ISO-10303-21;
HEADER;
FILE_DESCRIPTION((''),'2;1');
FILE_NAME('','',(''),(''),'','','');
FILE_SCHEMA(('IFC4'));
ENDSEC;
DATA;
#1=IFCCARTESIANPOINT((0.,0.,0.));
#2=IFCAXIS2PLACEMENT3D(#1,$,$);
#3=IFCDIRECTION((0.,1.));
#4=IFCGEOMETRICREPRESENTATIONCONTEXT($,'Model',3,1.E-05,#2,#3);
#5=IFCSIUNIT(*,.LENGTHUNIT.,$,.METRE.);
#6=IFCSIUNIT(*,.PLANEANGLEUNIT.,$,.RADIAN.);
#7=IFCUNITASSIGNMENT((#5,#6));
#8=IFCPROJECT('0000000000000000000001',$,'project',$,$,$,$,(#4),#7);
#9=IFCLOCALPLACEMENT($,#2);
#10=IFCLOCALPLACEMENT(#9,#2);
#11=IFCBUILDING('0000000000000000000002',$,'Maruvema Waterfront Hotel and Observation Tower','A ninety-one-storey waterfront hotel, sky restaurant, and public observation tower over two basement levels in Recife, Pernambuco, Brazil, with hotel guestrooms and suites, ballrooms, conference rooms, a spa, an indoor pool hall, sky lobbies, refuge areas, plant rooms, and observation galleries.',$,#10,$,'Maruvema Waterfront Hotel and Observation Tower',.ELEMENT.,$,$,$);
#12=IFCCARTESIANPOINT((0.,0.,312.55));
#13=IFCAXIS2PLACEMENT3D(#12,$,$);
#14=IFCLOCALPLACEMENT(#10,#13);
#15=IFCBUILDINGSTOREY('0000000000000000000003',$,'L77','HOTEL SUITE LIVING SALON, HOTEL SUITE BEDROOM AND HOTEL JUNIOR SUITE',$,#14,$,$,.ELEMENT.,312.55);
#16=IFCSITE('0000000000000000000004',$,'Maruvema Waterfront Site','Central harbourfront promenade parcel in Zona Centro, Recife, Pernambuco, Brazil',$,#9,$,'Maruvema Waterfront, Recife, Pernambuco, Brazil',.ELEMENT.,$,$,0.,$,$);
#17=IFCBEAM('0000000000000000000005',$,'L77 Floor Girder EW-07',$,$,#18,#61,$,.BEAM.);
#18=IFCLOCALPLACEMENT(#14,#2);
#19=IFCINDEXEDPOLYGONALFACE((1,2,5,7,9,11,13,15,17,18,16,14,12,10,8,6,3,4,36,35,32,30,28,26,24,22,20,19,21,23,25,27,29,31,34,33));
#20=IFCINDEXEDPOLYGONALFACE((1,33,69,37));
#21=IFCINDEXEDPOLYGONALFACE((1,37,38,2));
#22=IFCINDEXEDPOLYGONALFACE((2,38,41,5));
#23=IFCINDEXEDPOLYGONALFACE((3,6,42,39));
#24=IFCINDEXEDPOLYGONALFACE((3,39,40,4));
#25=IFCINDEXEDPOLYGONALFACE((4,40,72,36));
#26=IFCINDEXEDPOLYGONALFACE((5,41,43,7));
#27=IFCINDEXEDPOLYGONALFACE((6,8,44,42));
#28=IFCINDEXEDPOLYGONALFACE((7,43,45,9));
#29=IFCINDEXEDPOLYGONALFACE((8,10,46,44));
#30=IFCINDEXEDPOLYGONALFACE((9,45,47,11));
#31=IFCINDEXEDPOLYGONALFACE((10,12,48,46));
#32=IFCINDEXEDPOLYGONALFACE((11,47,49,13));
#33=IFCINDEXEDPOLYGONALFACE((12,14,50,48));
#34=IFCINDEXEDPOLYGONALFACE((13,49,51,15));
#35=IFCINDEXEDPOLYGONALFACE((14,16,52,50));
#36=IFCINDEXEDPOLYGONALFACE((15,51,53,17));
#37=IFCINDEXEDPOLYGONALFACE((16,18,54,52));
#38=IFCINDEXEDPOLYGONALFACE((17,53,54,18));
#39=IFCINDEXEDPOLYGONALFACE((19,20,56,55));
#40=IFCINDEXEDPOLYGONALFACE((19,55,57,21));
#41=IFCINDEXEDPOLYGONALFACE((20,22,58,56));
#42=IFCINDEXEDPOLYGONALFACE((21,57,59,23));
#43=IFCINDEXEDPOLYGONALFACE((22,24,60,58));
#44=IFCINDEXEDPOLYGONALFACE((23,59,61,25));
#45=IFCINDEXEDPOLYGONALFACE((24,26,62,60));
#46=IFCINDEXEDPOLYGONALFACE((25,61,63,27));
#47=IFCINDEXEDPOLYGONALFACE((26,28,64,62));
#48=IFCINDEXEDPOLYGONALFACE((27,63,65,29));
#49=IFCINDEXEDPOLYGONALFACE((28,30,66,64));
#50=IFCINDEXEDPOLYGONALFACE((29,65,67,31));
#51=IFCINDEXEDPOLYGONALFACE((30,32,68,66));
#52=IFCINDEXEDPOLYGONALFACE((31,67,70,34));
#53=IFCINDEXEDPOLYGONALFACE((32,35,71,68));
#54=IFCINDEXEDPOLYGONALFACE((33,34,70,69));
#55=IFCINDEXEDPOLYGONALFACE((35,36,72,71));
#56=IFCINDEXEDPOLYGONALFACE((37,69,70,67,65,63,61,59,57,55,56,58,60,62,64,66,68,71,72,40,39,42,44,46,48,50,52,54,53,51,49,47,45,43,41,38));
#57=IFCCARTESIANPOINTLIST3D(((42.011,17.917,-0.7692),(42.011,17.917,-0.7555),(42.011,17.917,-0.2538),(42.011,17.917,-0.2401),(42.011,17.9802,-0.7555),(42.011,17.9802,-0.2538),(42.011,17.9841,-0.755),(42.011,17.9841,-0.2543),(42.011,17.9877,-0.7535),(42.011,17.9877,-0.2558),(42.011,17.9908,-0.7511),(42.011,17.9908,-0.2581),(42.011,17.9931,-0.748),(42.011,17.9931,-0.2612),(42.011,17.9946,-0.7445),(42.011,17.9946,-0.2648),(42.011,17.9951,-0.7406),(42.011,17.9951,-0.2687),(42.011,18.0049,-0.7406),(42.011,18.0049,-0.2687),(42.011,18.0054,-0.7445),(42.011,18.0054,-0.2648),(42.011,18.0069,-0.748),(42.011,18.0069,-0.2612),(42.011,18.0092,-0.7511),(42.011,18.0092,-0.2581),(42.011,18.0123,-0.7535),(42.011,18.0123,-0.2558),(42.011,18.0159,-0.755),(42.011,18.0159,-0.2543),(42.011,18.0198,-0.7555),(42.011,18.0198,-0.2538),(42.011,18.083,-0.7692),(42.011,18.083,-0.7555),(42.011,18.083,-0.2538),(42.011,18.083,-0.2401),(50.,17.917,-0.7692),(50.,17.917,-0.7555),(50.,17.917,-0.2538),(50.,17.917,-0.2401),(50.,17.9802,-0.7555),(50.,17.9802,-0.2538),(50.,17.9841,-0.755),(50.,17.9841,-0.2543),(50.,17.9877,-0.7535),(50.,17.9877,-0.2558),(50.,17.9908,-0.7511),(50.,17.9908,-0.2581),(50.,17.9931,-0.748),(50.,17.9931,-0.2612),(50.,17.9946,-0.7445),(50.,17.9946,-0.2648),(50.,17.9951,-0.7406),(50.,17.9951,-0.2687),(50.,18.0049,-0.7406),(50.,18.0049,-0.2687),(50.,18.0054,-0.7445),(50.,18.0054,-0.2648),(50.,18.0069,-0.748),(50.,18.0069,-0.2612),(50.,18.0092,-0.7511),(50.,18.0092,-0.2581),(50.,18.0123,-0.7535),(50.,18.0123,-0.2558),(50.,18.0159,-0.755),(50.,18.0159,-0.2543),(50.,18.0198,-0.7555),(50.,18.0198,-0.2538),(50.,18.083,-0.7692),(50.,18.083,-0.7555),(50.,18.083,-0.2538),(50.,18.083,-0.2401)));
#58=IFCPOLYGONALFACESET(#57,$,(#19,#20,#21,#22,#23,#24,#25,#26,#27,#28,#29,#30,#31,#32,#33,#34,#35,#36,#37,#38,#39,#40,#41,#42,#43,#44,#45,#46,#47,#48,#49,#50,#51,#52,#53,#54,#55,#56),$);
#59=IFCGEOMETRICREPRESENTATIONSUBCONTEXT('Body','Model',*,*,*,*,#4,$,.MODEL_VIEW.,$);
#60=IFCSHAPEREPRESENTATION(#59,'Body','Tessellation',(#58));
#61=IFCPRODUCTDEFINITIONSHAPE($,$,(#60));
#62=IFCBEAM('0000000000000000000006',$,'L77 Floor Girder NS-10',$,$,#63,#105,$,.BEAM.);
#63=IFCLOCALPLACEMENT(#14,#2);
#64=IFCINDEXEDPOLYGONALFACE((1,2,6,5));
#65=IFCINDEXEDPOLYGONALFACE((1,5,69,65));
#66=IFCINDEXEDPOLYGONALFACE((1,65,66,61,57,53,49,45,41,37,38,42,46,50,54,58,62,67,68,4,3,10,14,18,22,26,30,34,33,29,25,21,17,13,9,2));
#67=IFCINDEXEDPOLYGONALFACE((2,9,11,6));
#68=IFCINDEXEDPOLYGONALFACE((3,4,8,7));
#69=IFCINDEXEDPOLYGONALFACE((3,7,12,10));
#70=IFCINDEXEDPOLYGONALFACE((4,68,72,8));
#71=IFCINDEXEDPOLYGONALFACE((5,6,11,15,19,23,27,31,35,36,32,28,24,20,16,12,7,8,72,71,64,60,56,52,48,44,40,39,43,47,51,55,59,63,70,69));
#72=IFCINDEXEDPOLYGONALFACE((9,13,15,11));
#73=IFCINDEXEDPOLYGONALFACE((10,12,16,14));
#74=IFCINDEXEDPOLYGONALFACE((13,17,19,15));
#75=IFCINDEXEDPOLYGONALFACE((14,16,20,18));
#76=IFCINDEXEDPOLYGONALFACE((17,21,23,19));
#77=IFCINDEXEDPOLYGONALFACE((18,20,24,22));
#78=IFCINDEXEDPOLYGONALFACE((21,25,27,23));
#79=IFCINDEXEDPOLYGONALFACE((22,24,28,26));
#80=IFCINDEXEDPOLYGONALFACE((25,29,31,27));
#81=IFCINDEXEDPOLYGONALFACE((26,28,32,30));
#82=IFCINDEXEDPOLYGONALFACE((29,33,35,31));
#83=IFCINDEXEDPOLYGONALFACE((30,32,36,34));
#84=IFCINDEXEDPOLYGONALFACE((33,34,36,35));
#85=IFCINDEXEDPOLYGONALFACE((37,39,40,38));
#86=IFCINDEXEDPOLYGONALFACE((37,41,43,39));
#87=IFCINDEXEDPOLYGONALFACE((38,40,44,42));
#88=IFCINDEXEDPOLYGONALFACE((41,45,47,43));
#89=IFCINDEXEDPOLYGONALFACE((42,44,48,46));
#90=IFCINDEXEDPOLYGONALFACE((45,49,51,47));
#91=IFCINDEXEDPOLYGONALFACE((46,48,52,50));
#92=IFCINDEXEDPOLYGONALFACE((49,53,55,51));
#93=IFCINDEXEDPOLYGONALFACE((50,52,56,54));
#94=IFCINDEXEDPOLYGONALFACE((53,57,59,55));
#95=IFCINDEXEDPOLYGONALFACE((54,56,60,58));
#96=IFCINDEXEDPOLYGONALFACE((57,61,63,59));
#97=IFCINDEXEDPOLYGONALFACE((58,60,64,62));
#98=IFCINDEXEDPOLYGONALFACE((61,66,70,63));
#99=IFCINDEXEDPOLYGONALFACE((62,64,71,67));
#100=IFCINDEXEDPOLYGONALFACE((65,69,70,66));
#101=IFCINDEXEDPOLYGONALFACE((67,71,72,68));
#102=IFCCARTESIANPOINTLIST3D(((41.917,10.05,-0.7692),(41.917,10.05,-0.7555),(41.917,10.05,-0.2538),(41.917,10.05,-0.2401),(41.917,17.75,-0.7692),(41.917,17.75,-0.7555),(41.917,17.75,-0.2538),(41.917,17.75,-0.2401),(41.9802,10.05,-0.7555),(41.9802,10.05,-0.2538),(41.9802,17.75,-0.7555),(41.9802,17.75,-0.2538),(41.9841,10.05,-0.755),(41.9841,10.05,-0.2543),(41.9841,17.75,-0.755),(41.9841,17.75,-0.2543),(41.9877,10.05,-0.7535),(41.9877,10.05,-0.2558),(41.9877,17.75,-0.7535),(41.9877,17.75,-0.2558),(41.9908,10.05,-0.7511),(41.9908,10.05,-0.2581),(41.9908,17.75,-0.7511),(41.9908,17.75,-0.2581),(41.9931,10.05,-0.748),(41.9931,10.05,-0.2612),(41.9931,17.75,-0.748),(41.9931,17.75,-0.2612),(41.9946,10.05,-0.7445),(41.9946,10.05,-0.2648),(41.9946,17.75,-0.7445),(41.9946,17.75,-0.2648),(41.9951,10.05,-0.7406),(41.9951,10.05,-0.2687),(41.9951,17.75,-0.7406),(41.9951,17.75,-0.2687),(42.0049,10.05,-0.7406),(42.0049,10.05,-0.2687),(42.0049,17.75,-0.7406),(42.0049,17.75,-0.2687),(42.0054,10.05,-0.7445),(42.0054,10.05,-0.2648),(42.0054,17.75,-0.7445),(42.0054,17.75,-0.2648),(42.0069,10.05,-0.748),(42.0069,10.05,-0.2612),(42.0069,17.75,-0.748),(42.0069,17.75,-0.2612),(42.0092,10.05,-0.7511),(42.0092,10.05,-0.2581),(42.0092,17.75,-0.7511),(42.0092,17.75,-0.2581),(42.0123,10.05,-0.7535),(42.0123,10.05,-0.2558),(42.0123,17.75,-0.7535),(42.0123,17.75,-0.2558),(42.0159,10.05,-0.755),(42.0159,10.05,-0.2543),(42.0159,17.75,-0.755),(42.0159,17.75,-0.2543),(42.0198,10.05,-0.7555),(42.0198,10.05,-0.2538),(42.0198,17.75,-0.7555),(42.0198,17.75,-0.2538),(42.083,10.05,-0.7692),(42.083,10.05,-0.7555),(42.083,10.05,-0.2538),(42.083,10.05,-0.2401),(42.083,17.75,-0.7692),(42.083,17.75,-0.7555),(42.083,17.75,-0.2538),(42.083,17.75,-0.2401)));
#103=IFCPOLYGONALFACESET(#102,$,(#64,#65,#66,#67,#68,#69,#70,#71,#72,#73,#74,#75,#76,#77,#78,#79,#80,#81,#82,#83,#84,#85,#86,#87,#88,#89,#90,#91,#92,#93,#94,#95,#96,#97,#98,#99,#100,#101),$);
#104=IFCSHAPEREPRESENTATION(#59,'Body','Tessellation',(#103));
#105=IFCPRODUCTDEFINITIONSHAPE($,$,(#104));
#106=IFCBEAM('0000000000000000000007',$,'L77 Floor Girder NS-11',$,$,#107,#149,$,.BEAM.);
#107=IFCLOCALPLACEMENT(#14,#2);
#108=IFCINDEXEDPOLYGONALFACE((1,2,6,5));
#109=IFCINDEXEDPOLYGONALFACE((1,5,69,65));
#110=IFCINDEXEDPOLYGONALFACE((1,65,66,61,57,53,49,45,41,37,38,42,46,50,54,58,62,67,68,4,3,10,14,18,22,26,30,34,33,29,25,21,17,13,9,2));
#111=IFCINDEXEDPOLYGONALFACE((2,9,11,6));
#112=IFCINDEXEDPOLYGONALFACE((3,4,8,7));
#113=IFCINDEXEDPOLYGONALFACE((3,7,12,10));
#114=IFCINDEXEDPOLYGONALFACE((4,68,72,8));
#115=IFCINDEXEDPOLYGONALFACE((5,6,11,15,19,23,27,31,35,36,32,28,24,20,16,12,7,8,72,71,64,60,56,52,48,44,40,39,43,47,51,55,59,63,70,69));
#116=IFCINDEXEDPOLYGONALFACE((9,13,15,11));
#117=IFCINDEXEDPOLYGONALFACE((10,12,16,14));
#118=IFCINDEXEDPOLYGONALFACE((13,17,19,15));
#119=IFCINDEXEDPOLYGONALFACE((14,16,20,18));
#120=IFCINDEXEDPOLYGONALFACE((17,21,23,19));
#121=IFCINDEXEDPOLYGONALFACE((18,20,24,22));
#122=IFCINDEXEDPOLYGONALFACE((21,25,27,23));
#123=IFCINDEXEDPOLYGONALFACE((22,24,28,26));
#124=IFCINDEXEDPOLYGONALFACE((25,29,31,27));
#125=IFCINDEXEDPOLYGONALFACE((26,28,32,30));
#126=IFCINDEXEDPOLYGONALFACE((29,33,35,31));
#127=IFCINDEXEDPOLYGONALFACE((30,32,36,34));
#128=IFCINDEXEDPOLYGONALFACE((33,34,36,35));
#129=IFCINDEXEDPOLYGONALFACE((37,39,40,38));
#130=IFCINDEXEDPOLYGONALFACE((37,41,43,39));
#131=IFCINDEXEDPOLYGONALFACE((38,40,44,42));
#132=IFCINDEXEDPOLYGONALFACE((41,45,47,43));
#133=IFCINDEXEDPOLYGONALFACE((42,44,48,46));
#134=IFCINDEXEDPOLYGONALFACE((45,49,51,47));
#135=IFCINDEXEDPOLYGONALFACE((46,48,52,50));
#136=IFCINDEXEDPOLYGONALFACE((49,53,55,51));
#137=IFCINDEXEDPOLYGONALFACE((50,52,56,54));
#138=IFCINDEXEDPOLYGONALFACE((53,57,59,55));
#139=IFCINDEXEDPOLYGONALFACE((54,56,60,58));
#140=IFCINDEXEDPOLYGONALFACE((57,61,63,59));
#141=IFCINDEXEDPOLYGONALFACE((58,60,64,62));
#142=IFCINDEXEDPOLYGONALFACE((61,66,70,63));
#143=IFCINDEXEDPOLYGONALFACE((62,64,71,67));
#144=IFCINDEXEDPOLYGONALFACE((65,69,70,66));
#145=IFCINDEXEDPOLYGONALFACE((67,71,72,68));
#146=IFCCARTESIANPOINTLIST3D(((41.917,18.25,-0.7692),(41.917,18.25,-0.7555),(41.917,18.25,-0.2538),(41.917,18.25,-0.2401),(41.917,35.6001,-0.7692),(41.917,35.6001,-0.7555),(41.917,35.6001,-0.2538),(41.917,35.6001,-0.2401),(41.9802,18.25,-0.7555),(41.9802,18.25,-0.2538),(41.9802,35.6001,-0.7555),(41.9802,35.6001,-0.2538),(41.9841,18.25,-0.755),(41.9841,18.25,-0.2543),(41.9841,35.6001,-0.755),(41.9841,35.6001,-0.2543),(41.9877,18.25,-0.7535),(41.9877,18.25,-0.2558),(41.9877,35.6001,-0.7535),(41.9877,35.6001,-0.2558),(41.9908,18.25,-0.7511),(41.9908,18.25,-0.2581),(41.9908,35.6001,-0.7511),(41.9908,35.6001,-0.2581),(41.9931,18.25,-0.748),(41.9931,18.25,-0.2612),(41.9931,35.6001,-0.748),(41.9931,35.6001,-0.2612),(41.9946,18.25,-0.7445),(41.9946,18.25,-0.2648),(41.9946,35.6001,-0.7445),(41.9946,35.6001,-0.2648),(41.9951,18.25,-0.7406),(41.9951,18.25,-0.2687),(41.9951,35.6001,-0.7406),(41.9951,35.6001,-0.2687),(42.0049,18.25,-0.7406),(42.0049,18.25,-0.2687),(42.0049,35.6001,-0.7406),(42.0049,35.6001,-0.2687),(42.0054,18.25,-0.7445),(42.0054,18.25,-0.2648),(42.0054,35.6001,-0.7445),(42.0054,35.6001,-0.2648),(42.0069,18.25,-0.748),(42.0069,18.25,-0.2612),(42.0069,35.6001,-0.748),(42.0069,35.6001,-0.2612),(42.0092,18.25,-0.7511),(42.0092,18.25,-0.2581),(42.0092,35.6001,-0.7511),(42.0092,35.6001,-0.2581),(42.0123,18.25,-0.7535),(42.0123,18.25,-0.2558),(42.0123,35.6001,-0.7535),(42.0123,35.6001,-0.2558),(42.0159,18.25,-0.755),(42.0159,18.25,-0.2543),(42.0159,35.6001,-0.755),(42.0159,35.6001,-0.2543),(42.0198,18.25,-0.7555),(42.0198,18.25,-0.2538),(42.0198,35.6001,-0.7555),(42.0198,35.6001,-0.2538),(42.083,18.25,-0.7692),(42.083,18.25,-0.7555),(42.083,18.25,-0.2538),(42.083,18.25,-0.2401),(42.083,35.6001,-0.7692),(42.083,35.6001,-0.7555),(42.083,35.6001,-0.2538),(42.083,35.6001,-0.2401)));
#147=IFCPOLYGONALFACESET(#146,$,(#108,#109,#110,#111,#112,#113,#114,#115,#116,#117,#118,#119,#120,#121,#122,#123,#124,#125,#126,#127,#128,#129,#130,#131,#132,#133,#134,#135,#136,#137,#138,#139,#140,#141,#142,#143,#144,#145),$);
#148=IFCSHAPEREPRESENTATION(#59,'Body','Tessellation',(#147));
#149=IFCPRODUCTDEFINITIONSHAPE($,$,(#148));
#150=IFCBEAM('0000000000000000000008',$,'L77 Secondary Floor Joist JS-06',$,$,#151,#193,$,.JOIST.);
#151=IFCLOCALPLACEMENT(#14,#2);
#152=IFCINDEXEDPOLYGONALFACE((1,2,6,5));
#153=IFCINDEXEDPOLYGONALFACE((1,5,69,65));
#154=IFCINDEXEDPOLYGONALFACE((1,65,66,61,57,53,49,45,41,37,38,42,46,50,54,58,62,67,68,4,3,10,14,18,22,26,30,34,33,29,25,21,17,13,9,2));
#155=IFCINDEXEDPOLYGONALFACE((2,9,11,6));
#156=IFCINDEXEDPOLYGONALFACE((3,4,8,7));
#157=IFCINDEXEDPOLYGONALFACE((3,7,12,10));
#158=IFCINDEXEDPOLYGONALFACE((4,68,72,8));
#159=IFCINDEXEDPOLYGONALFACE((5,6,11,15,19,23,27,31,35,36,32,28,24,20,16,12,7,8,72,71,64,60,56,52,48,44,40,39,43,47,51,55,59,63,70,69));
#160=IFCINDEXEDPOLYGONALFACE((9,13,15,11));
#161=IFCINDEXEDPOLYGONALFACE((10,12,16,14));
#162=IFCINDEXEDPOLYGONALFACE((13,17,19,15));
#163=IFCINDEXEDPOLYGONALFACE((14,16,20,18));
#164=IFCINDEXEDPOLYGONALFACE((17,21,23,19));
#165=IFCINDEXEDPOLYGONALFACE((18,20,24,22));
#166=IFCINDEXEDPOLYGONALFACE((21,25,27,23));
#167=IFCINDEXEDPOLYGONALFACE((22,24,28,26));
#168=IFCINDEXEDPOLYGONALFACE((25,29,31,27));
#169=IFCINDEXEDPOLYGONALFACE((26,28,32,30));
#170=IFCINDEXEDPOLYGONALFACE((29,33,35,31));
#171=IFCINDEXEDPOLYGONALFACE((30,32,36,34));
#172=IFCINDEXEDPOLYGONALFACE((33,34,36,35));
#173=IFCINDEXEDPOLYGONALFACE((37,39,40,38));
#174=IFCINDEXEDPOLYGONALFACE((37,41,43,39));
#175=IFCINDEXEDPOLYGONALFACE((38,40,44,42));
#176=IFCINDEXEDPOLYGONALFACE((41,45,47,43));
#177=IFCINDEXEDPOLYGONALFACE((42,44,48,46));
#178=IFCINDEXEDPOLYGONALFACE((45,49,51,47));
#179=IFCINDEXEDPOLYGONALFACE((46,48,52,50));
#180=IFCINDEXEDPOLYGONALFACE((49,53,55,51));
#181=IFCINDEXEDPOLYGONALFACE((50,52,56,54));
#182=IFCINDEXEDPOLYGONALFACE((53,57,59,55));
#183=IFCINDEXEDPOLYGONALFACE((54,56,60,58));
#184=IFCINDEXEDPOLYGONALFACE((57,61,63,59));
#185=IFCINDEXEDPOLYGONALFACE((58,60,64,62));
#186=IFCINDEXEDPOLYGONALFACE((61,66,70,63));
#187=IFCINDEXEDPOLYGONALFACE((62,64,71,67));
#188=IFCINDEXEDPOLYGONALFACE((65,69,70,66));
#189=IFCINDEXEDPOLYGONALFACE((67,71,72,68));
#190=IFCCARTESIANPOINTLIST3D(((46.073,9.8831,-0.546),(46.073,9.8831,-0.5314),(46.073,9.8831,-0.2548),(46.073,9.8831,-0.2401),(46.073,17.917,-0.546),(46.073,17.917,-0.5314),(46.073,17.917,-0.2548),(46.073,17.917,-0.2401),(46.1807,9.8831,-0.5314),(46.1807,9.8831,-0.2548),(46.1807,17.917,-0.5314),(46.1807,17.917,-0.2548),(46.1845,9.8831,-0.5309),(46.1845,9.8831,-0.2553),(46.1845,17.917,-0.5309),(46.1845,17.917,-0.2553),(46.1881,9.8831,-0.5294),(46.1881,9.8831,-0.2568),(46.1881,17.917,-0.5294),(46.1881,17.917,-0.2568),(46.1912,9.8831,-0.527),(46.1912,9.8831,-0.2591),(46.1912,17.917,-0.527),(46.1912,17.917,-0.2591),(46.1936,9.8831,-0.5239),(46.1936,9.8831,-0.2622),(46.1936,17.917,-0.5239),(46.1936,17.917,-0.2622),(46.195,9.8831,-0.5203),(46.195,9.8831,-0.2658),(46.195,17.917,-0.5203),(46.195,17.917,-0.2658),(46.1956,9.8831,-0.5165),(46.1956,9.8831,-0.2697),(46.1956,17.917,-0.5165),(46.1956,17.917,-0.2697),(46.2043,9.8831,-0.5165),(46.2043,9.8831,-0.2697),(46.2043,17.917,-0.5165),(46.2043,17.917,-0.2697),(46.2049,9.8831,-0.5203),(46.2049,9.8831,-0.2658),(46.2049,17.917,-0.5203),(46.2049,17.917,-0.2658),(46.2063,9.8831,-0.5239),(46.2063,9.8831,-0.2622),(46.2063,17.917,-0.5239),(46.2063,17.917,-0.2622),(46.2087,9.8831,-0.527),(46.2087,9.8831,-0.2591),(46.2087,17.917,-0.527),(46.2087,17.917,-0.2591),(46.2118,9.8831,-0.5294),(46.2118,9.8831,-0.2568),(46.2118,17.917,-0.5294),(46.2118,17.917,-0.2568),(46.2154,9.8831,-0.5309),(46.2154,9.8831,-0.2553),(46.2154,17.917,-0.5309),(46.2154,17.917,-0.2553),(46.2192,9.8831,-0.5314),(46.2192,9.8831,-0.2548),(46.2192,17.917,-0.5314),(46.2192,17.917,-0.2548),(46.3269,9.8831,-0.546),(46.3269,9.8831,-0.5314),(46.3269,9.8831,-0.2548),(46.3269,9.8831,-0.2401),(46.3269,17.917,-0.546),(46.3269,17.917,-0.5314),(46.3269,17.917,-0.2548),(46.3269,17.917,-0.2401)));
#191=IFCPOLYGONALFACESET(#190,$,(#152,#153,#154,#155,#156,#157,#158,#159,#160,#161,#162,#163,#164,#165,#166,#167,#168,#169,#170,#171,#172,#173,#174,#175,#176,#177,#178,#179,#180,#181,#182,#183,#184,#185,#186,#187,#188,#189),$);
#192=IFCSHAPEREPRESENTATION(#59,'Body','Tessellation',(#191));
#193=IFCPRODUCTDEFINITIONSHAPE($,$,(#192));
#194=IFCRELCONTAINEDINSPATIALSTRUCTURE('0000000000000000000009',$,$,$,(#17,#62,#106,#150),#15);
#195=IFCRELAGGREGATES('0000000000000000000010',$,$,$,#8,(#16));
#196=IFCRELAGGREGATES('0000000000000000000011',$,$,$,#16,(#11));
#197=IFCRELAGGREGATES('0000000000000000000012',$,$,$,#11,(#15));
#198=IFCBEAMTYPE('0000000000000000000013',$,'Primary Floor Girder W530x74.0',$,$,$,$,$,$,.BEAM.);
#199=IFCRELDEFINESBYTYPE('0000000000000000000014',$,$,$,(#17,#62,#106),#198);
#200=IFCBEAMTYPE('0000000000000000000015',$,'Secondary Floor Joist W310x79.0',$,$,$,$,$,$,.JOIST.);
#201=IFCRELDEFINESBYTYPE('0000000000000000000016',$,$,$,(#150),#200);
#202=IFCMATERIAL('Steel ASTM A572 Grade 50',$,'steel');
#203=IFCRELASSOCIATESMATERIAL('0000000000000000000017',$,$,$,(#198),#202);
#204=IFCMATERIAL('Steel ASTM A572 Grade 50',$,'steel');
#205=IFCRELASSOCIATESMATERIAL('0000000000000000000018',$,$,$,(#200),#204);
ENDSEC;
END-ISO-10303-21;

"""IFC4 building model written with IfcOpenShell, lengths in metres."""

from ifc_helpers import new_model, si_unit, direction, frame, origin, origin_2d, place, context, subcontext, project, spatial, i_section, extrude, material, material_profile, profile_set, type_object, element, save


model = new_model("IFC4")

# Units and contexts
model_context = context("Model", 3, precision=1e-05, world=origin(), true_north=direction((0.0, 1.0)))
body_context = subcontext(model_context, "Body", "Model", "MODEL_VIEW")
ifc_project = project(units=[si_unit("LENGTHUNIT", "METRE"), si_unit("PLANEANGLEUNIT", "RADIAN")], contexts=[model_context])

# Site, building, storey
site_placement = place(None, origin())
site = spatial("IfcSite", under=ifc_project, at=site_placement, Name="Maruvema Waterfront Site", Description="Central harbourfront promenade parcel in Zona Centro, Recife, Pernambuco, Brazil", LongName="Maruvema Waterfront, Recife, Pernambuco, Brazil", CompositionType="ELEMENT", RefElevation=0.0)
building_placement = place(site_placement, origin())
building = spatial("IfcBuilding", under=site, at=building_placement, Name="Maruvema Waterfront Hotel and Observation Tower", Description="A ninety-one-storey waterfront hotel, sky restaurant, and public observation tower over two basement levels in Recife, Pernambuco, Brazil, with hotel guestrooms and suites, ballrooms, conference rooms, a spa, an indoor pool hall, sky lobbies, refuge areas, plant rooms, and observation galleries.", LongName="Maruvema Waterfront Hotel and Observation Tower", CompositionType="ELEMENT")
storey_placement = place(building_placement, frame((0.0, 0.0, 312.55)))
storey = spatial("IfcBuildingStorey", under=building, at=storey_placement, Name="L77", Description="HOTEL SUITE LIVING SALON, HOTEL SUITE BEDROOM AND HOTEL JUNIOR SUITE", CompositionType="ELEMENT", Elevation=312.55)

# Beams
ifc_material_1 = material(Name="Steel ASTM A572 Grade 50", Category="steel")
ifc_material_profile_1 = material_profile(ifc_material_1, i_section(OverallWidth=0.166, OverallDepth=0.5291, WebThickness=0.0098, FlangeThickness=0.0137, FilletRadius=0.0149, at=origin_2d()), Name="W530x74.0")
ifc_profile_set_1 = profile_set([ifc_material_profile_1], Name="Steel ASTM A572 Grade 50")
beam_type_1 = type_object("IfcBeamType", Name="Primary Floor Girder W530x74.0", PredefinedType="BEAM", material=ifc_profile_set_1)
beam_1_placement = place(storey_placement, frame((42.011, 18.0, -0.5046), z_axis=(1.0, 0.0, 0.0), x_axis=(0.0, 1.0, 0.0)))
element("IfcBeam", 1, at=beam_1_placement, inside=storey, type_object=beam_type_1, Name="L77 Floor Girder EW-07", PredefinedType="BEAM", context=body_context, shape_type="SweptSolid", body=[
    extrude(i_section(OverallWidth=0.166, OverallDepth=0.5291, WebThickness=0.0098, FlangeThickness=0.0137, FilletRadius=0.0149, at=origin_2d()), origin(), (0.0, 0.0, 1.0), 7.989),
])
beam_2_placement = place(storey_placement, frame((42.0, 10.05, -0.5046), z_axis=(0.0, 1.0, 0.0), x_axis=(-1.0, 0.0, 0.0)))
element("IfcBeam", 2, at=beam_2_placement, inside=storey, type_object=beam_type_1, Name="L77 Floor Girder NS-10", PredefinedType="BEAM", context=body_context, shape_type="SweptSolid", body=[
    extrude(i_section(OverallWidth=0.166, OverallDepth=0.5291, WebThickness=0.0098, FlangeThickness=0.0137, FilletRadius=0.0149, at=origin_2d()), origin(), (0.0, 0.0, 1.0), 7.7),
])
beam_3_placement = place(storey_placement, frame((42.0, 18.25, -0.5046), z_axis=(0.0, 1.0, 0.0), x_axis=(-1.0, 0.0, 0.0)))
element("IfcBeam", 3, at=beam_3_placement, inside=storey, type_object=beam_type_1, Name="L77 Floor Girder NS-11", PredefinedType="BEAM", context=body_context, shape_type="SweptSolid", body=[
    extrude(i_section(OverallWidth=0.166, OverallDepth=0.5291, WebThickness=0.0098, FlangeThickness=0.0137, FilletRadius=0.0149, at=origin_2d()), origin(), (0.0, 0.0, 1.0), 17.3501),
])
ifc_material_2 = material(Name="Steel ASTM A572 Grade 50", Category="steel")
ifc_material_profile_2 = material_profile(ifc_material_2, i_section(OverallWidth=0.2539, OverallDepth=0.3059, WebThickness=0.0088, FlangeThickness=0.0146, FilletRadius=0.0149, at=origin_2d()), Name="W310x79.0")
ifc_profile_set_2 = profile_set([ifc_material_profile_2], Name="Steel ASTM A572 Grade 50")
beam_type_2 = type_object("IfcBeamType", Name="Secondary Floor Joist W310x79.0", PredefinedType="JOIST", material=ifc_profile_set_2)
beam_4_placement = place(storey_placement, frame((46.2, 9.8831, -0.3931), z_axis=(0.0, 1.0, 0.0), x_axis=(-1.0, 0.0, 0.0)))
element("IfcBeam", 4, at=beam_4_placement, inside=storey, type_object=beam_type_2, Name="L77 Secondary Floor Joist JS-06", PredefinedType="JOIST", context=body_context, shape_type="SweptSolid", body=[
    extrude(i_section(OverallWidth=0.2539, OverallDepth=0.3059, WebThickness=0.0088, FlangeThickness=0.0146, FilletRadius=0.0149, at=origin_2d()), origin(), (0.0, 0.0, 1.0), 8.0339),
])

save(model, "model.ifc")
